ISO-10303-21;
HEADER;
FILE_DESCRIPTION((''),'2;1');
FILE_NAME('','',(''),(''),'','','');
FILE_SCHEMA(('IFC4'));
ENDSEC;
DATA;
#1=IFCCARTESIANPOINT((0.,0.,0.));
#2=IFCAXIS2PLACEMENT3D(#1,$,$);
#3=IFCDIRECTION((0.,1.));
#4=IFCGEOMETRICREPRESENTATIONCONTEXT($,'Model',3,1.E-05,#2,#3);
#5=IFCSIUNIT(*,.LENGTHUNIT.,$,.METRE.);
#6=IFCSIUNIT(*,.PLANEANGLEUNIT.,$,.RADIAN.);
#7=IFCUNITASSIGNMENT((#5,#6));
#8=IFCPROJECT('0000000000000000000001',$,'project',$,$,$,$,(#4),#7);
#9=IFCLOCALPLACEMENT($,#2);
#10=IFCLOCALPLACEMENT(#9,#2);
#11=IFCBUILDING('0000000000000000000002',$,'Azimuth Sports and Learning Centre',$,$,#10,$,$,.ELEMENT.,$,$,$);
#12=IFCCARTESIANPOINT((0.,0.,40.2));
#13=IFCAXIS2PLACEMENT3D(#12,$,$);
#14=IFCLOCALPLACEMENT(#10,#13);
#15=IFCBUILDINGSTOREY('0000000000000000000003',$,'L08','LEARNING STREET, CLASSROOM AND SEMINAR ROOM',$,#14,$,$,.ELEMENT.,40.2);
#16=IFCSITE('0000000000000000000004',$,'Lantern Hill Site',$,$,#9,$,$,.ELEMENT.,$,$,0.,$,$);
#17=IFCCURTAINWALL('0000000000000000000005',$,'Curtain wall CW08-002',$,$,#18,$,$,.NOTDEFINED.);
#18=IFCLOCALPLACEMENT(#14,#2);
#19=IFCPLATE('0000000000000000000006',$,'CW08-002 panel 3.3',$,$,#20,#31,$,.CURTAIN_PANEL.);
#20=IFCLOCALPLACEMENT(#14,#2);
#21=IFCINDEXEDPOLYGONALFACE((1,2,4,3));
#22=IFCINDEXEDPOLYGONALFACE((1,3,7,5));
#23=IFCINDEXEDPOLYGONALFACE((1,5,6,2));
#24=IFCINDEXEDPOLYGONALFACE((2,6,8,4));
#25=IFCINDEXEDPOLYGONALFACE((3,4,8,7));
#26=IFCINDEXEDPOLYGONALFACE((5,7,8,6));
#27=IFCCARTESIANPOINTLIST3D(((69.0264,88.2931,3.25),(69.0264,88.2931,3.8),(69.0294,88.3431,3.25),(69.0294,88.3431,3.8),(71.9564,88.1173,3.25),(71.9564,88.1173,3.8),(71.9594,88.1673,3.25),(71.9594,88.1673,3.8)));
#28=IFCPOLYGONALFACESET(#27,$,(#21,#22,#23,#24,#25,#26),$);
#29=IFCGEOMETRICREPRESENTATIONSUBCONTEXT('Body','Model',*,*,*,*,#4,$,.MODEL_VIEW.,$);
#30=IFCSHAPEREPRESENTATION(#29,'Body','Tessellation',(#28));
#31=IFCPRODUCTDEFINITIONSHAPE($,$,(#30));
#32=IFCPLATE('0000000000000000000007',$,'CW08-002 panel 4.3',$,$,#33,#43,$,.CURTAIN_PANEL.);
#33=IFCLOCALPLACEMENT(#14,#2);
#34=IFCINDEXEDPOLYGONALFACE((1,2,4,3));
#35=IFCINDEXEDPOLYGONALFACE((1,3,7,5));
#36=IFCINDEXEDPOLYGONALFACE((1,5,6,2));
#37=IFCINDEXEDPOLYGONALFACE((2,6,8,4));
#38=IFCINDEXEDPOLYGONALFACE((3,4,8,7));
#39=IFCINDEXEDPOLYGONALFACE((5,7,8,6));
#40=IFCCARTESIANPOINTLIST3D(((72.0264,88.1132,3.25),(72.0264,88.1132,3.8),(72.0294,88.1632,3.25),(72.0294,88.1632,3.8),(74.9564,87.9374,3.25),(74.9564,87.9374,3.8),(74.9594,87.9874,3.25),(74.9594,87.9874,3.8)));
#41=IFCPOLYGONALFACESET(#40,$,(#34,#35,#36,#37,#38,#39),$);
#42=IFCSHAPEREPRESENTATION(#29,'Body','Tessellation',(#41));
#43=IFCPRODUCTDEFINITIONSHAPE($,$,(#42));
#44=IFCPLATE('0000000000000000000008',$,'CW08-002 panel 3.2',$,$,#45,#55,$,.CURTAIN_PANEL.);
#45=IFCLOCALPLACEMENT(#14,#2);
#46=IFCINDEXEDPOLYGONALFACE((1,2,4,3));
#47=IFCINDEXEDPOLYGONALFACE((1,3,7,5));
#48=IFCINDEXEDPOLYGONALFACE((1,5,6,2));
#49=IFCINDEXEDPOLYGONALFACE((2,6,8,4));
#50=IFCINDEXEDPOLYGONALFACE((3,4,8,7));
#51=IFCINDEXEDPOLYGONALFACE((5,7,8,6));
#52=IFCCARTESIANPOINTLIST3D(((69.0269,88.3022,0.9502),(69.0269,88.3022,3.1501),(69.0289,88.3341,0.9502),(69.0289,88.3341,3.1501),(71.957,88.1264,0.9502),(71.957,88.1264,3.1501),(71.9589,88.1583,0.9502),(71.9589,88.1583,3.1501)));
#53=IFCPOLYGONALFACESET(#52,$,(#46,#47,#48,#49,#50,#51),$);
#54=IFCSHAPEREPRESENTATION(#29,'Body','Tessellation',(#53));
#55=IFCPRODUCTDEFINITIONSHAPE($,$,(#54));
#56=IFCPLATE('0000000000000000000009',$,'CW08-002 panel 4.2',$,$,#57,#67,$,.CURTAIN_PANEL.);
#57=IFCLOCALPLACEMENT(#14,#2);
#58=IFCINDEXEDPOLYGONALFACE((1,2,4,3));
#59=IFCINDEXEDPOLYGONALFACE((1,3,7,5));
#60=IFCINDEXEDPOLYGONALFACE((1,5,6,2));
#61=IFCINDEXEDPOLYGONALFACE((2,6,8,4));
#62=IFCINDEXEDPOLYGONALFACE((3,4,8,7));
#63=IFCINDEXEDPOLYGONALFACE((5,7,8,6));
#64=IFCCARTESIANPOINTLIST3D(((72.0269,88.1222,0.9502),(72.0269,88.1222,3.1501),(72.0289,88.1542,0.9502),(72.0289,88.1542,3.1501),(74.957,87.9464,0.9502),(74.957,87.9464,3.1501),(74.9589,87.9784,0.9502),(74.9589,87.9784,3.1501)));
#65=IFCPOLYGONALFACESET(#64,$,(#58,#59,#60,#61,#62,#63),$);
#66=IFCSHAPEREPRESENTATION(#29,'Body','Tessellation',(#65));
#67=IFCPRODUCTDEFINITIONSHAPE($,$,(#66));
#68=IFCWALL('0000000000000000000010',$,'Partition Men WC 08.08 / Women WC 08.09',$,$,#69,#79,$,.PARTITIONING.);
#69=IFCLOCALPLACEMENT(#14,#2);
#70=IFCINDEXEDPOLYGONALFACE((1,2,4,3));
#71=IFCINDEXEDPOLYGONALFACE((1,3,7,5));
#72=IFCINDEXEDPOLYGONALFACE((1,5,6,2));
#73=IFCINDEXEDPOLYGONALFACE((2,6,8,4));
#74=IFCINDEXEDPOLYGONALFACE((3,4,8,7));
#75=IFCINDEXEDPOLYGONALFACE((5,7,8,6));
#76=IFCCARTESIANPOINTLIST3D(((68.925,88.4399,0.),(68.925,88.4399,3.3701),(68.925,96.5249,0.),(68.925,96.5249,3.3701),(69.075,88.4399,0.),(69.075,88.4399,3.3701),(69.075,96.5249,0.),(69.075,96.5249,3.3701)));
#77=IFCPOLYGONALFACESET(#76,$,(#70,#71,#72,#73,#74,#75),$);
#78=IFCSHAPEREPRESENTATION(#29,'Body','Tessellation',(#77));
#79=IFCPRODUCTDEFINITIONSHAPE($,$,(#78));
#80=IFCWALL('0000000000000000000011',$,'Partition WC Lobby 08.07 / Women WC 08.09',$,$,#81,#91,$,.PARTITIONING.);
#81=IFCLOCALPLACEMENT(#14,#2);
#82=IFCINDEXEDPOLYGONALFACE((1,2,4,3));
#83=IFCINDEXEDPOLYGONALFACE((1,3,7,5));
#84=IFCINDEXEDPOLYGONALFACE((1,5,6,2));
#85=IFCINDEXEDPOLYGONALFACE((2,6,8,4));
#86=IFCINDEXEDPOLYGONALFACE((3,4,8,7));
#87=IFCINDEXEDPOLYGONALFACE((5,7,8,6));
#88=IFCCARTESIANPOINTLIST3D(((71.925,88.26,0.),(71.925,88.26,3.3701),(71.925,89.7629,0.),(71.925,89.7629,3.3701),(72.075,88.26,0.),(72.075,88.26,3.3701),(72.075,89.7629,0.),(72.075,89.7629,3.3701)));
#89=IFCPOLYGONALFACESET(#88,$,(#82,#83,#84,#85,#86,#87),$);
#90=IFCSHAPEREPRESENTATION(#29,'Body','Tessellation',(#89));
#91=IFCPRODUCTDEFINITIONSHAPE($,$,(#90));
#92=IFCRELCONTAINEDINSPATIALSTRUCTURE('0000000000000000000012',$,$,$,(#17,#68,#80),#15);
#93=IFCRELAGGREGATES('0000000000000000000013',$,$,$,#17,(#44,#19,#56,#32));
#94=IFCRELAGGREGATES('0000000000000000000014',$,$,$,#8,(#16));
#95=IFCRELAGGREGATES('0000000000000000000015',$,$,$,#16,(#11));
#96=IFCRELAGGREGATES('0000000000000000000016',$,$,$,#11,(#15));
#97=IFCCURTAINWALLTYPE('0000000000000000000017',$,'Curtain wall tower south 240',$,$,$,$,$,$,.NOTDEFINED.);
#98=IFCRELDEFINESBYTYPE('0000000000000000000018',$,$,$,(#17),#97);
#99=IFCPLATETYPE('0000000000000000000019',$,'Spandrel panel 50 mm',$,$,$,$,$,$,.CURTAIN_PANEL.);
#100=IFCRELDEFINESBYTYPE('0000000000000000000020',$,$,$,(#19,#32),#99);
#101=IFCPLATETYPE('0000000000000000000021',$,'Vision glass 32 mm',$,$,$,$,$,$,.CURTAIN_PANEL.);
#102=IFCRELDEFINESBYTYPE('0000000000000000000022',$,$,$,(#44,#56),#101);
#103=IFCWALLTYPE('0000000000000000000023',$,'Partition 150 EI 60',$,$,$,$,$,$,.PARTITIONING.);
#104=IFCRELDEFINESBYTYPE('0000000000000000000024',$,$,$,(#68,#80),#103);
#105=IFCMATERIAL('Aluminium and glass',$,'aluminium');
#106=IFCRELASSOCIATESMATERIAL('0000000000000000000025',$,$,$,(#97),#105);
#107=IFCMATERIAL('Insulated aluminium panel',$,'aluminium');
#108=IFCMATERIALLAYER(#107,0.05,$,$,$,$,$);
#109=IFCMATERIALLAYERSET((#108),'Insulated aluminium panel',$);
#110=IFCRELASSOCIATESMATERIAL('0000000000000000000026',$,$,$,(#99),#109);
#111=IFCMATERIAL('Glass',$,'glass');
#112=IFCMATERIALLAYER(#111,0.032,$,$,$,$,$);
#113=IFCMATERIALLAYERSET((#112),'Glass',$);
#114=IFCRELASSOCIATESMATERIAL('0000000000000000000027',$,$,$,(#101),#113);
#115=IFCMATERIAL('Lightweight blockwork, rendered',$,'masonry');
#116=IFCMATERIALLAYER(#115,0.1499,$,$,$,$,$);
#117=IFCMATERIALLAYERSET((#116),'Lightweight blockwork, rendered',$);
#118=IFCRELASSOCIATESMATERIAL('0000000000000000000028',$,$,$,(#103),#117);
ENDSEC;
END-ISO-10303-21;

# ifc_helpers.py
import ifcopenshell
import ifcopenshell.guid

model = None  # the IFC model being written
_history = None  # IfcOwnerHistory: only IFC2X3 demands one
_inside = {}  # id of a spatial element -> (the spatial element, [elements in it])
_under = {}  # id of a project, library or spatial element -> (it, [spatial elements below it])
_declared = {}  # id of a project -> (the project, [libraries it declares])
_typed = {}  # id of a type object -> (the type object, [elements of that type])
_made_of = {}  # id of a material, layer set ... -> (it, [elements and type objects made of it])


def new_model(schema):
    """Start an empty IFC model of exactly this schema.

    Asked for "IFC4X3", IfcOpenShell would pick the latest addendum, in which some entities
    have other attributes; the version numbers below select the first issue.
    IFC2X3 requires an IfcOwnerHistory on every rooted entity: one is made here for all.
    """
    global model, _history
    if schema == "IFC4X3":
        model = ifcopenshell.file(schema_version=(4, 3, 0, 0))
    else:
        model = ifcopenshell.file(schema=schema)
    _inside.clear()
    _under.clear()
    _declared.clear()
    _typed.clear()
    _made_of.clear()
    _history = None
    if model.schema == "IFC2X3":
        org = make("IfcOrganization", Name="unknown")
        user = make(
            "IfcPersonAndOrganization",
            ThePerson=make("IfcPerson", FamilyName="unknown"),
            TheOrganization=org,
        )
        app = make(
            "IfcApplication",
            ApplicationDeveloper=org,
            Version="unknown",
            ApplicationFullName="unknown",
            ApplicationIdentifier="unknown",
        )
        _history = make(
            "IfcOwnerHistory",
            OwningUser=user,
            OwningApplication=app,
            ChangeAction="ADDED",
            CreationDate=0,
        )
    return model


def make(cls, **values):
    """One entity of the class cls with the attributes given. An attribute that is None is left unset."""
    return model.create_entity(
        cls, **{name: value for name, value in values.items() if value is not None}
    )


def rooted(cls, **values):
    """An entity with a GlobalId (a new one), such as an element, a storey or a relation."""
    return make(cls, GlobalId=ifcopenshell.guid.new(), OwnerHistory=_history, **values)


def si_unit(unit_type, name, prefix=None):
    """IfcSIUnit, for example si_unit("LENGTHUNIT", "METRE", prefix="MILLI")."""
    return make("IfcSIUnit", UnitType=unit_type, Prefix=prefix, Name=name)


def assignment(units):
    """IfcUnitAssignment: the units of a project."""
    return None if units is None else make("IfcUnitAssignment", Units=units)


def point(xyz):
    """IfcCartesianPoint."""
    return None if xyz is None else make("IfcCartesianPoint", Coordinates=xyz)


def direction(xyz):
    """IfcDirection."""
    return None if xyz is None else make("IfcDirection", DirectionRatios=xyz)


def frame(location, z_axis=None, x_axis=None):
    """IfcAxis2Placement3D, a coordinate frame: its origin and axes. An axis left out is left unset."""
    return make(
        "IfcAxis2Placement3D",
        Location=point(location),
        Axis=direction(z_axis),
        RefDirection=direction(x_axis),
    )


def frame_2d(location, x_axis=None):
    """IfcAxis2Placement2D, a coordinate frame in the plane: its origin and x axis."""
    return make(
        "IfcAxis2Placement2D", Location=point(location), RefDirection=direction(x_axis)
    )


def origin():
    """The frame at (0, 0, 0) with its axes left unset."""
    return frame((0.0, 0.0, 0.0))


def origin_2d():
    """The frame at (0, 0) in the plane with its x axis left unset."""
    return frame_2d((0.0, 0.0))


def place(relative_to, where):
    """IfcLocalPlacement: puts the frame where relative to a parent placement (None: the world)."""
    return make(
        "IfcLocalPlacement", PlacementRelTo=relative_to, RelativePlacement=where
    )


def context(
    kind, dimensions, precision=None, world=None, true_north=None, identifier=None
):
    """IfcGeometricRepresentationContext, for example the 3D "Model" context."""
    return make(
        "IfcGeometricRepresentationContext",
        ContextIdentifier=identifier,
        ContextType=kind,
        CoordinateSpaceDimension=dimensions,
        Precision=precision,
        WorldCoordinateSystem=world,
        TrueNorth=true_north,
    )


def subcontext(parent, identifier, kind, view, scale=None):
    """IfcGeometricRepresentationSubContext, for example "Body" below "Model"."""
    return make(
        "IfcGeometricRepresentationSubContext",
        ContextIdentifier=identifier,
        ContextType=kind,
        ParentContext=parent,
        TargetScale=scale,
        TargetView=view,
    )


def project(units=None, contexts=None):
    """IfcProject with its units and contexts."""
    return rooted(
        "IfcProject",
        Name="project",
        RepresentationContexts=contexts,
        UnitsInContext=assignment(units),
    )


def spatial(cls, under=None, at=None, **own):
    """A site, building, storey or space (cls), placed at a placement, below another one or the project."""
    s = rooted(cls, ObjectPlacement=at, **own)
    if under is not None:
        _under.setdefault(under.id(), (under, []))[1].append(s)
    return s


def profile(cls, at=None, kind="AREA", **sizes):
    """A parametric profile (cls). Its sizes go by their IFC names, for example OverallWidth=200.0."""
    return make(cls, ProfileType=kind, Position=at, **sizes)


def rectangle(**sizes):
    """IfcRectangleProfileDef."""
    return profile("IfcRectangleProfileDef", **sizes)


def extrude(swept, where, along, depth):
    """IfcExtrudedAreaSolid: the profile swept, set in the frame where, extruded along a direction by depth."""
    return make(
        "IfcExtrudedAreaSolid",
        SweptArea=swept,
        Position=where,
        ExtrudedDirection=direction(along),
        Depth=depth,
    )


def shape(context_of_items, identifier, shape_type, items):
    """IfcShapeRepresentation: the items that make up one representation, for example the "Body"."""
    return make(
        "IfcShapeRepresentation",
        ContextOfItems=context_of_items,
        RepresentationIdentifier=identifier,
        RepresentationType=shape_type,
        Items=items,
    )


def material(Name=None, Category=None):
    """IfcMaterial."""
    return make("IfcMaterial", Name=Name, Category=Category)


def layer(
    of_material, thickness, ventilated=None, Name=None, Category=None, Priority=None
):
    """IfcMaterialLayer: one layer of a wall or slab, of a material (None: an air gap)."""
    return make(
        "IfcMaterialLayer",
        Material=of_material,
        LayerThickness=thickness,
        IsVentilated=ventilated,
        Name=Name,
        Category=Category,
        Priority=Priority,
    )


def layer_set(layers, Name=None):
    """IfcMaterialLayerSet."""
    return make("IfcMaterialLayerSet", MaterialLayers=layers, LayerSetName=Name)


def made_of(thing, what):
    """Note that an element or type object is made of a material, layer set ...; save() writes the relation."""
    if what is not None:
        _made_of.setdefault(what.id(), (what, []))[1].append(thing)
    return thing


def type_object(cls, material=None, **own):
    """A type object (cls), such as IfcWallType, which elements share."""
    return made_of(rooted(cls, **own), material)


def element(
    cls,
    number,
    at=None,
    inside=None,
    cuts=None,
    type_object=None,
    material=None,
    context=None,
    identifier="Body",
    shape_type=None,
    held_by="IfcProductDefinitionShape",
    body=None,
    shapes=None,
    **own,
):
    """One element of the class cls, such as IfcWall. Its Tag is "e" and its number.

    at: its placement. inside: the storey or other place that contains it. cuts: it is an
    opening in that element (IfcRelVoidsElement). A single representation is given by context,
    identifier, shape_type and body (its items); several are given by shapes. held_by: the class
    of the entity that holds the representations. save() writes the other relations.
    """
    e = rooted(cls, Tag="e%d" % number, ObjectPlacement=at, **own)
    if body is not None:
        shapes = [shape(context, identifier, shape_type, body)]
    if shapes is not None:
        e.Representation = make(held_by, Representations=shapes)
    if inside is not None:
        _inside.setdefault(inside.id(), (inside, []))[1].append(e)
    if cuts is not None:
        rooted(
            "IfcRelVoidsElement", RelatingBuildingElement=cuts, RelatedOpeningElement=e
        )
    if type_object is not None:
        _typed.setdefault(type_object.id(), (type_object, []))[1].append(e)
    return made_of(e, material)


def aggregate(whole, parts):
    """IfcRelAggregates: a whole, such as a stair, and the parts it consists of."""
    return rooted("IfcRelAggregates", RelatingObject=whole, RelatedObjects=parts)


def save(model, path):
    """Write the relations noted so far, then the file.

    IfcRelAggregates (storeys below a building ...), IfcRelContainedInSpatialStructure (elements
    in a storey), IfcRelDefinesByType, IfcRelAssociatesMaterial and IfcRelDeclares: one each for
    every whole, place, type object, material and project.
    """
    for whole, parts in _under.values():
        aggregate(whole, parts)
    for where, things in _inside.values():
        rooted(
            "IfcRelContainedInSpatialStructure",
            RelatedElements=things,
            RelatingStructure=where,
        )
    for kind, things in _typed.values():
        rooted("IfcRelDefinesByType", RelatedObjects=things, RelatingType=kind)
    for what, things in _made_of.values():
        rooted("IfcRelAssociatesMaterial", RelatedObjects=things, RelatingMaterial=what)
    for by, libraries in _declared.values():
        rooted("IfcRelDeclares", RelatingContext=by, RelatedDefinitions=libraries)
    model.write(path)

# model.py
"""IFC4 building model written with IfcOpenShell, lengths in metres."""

from ifc_helpers import new_model, si_unit, direction, frame, frame_2d, origin, origin_2d, place, context, subcontext, project, spatial, rectangle, extrude, material, layer, layer_set, type_object, element, aggregate, save


model = new_model("IFC4")

# Units and contexts
model_context = context("Model", 3, precision=1e-05, world=origin(), true_north=direction((0.0, 1.0)))
body_context = subcontext(model_context, "Body", "Model", "MODEL_VIEW")
ifc_project = project(units=[si_unit("LENGTHUNIT", "METRE"), si_unit("PLANEANGLEUNIT", "RADIAN")], contexts=[model_context])

# Site, building, storey
site_placement = place(None, origin())
site = spatial("IfcSite", under=ifc_project, at=site_placement, Name="Lantern Hill Site", CompositionType="ELEMENT", RefElevation=0.0)
building_placement = place(site_placement, origin())
building = spatial("IfcBuilding", under=site, at=building_placement, Name="Azimuth Sports and Learning Centre", CompositionType="ELEMENT")
storey_placement = place(building_placement, frame((0.0, 0.0, 40.2)))
storey = spatial("IfcBuildingStorey", under=building, at=storey_placement, Name="L08", Description="LEARNING STREET, CLASSROOM AND SEMINAR ROOM", CompositionType="ELEMENT", Elevation=40.2)

# Curtain wall, plates
ifc_material_1 = material(Name="Aluminium and glass", Category="aluminium")
curtain_wall_type = type_object("IfcCurtainWallType", Name="Curtain wall tower south 240", PredefinedType="NOTDEFINED", material=ifc_material_1)
curtain_wall_placement = place(storey_placement, origin())
curtain_wall = element("IfcCurtainWall", 1, at=curtain_wall_placement, inside=storey, type_object=curtain_wall_type, Name="Curtain wall CW08-002", PredefinedType="NOTDEFINED")
ifc_material_2 = material(Name="Insulated aluminium panel", Category="aluminium")
ifc_layer_1 = layer(ifc_material_2, 0.05)
ifc_layer_set_1 = layer_set([ifc_layer_1], Name="Insulated aluminium panel")
plate_type_1 = type_object("IfcPlateType", Name="Spandrel panel 50 mm", PredefinedType="CURTAIN_PANEL", material=ifc_layer_set_1)
plate_1_placement = place(storey_placement, frame((70.4929, 88.2302, 3.25), z_axis=(0.0, 0.0, 1.0), x_axis=(0.998205, -0.059892, 0.0)))
plate_1 = element("IfcPlate", 2, at=plate_1_placement, type_object=plate_type_1, Name="CW08-002 panel 3.3", PredefinedType="CURTAIN_PANEL", context=body_context, shape_type="SweptSolid", body=[
    extrude(rectangle(XDim=2.9353, YDim=0.05, at=origin_2d()), origin(), (0.0, 0.0, 1.0), 0.55),
])
plate_2_placement = place(storey_placement, frame((73.4929, 88.0503, 3.25), z_axis=(0.0, 0.0, 1.0), x_axis=(0.998205, -0.059892, 0.0)))
plate_2 = element("IfcPlate", 3, at=plate_2_placement, type_object=plate_type_1, Name="CW08-002 panel 4.3", PredefinedType="CURTAIN_PANEL", context=body_context, shape_type="SweptSolid", body=[
    extrude(rectangle(XDim=2.9353, YDim=0.05, at=origin_2d()), origin(), (0.0, 0.0, 1.0), 0.55),
])
ifc_material_3 = material(Name="Glass", Category="glass")
ifc_layer_2 = layer(ifc_material_3, 0.032)
ifc_layer_set_2 = layer_set([ifc_layer_2], Name="Glass")
plate_type_2 = type_object("IfcPlateType", Name="Vision glass 32 mm", PredefinedType="CURTAIN_PANEL", material=ifc_layer_set_2)
plate_3_placement = place(storey_placement, frame((70.4929, 88.2302, 0.9502), z_axis=(0.0, 0.0, 1.0), x_axis=(0.998205, -0.059892, 0.0)))
plate_3 = element("IfcPlate", 4, at=plate_3_placement, type_object=plate_type_2, Name="CW08-002 panel 3.2", PredefinedType="CURTAIN_PANEL", context=body_context, shape_type="SweptSolid", body=[
    extrude(rectangle(XDim=2.9353, YDim=0.032, at=origin_2d()), origin(), (0.0, 0.0, 1.0), 2.2),
])
plate_4_placement = place(storey_placement, frame((73.4929, 88.0503, 0.9502), z_axis=(0.0, 0.0, 1.0), x_axis=(0.998205, -0.059892, 0.0)))
plate_4 = element("IfcPlate", 5, at=plate_4_placement, type_object=plate_type_2, Name="CW08-002 panel 4.2", PredefinedType="CURTAIN_PANEL", context=body_context, shape_type="SweptSolid", body=[
    extrude(rectangle(XDim=2.9353, YDim=0.032, at=origin_2d()), origin(), (0.0, 0.0, 1.0), 2.2),
])
aggregate(curtain_wall, [plate_3, plate_1, plate_4, plate_2])

# Walls
ifc_material_4 = material(Name="Lightweight blockwork, rendered", Category="masonry")
ifc_layer_3 = layer(ifc_material_4, 0.1499)
ifc_layer_set_3 = layer_set([ifc_layer_3], Name="Lightweight blockwork, rendered")
wall_type = type_object("IfcWallType", Name="Partition 150 EI 60", PredefinedType="PARTITIONING", material=ifc_layer_set_3)
wall_1_placement = place(storey_placement, frame((69.0, 88.4399, 0.0), z_axis=(0.0, 0.0, 1.0), x_axis=(0.0, 1.0, 0.0)))
element("IfcWall", 6, at=wall_1_placement, inside=storey, type_object=wall_type, Name="Partition Men WC 08.08 / Women WC 08.09", PredefinedType="PARTITIONING", context=body_context, shape_type="SweptSolid", body=[
    extrude(rectangle(XDim=8.085, YDim=0.1499, at=frame_2d((4.0425, 0.0))), origin(), (0.0, 0.0, 1.0), 3.3701),
])
wall_2_placement = place(storey_placement, frame((72.0, 88.26, 0.0), z_axis=(0.0, 0.0, 1.0), x_axis=(0.0, 1.0, 0.0)))
element("IfcWall", 7, at=wall_2_placement, inside=storey, type_object=wall_type, Name="Partition WC Lobby 08.07 / Women WC 08.09", PredefinedType="PARTITIONING", context=body_context, shape_type="SweptSolid", body=[
    extrude(rectangle(XDim=1.5029, YDim=0.1499, at=frame_2d((0.7515, 0.0))), origin(), (0.0, 0.0, 1.0), 3.3701),
])

save(model, "model.ifc")
